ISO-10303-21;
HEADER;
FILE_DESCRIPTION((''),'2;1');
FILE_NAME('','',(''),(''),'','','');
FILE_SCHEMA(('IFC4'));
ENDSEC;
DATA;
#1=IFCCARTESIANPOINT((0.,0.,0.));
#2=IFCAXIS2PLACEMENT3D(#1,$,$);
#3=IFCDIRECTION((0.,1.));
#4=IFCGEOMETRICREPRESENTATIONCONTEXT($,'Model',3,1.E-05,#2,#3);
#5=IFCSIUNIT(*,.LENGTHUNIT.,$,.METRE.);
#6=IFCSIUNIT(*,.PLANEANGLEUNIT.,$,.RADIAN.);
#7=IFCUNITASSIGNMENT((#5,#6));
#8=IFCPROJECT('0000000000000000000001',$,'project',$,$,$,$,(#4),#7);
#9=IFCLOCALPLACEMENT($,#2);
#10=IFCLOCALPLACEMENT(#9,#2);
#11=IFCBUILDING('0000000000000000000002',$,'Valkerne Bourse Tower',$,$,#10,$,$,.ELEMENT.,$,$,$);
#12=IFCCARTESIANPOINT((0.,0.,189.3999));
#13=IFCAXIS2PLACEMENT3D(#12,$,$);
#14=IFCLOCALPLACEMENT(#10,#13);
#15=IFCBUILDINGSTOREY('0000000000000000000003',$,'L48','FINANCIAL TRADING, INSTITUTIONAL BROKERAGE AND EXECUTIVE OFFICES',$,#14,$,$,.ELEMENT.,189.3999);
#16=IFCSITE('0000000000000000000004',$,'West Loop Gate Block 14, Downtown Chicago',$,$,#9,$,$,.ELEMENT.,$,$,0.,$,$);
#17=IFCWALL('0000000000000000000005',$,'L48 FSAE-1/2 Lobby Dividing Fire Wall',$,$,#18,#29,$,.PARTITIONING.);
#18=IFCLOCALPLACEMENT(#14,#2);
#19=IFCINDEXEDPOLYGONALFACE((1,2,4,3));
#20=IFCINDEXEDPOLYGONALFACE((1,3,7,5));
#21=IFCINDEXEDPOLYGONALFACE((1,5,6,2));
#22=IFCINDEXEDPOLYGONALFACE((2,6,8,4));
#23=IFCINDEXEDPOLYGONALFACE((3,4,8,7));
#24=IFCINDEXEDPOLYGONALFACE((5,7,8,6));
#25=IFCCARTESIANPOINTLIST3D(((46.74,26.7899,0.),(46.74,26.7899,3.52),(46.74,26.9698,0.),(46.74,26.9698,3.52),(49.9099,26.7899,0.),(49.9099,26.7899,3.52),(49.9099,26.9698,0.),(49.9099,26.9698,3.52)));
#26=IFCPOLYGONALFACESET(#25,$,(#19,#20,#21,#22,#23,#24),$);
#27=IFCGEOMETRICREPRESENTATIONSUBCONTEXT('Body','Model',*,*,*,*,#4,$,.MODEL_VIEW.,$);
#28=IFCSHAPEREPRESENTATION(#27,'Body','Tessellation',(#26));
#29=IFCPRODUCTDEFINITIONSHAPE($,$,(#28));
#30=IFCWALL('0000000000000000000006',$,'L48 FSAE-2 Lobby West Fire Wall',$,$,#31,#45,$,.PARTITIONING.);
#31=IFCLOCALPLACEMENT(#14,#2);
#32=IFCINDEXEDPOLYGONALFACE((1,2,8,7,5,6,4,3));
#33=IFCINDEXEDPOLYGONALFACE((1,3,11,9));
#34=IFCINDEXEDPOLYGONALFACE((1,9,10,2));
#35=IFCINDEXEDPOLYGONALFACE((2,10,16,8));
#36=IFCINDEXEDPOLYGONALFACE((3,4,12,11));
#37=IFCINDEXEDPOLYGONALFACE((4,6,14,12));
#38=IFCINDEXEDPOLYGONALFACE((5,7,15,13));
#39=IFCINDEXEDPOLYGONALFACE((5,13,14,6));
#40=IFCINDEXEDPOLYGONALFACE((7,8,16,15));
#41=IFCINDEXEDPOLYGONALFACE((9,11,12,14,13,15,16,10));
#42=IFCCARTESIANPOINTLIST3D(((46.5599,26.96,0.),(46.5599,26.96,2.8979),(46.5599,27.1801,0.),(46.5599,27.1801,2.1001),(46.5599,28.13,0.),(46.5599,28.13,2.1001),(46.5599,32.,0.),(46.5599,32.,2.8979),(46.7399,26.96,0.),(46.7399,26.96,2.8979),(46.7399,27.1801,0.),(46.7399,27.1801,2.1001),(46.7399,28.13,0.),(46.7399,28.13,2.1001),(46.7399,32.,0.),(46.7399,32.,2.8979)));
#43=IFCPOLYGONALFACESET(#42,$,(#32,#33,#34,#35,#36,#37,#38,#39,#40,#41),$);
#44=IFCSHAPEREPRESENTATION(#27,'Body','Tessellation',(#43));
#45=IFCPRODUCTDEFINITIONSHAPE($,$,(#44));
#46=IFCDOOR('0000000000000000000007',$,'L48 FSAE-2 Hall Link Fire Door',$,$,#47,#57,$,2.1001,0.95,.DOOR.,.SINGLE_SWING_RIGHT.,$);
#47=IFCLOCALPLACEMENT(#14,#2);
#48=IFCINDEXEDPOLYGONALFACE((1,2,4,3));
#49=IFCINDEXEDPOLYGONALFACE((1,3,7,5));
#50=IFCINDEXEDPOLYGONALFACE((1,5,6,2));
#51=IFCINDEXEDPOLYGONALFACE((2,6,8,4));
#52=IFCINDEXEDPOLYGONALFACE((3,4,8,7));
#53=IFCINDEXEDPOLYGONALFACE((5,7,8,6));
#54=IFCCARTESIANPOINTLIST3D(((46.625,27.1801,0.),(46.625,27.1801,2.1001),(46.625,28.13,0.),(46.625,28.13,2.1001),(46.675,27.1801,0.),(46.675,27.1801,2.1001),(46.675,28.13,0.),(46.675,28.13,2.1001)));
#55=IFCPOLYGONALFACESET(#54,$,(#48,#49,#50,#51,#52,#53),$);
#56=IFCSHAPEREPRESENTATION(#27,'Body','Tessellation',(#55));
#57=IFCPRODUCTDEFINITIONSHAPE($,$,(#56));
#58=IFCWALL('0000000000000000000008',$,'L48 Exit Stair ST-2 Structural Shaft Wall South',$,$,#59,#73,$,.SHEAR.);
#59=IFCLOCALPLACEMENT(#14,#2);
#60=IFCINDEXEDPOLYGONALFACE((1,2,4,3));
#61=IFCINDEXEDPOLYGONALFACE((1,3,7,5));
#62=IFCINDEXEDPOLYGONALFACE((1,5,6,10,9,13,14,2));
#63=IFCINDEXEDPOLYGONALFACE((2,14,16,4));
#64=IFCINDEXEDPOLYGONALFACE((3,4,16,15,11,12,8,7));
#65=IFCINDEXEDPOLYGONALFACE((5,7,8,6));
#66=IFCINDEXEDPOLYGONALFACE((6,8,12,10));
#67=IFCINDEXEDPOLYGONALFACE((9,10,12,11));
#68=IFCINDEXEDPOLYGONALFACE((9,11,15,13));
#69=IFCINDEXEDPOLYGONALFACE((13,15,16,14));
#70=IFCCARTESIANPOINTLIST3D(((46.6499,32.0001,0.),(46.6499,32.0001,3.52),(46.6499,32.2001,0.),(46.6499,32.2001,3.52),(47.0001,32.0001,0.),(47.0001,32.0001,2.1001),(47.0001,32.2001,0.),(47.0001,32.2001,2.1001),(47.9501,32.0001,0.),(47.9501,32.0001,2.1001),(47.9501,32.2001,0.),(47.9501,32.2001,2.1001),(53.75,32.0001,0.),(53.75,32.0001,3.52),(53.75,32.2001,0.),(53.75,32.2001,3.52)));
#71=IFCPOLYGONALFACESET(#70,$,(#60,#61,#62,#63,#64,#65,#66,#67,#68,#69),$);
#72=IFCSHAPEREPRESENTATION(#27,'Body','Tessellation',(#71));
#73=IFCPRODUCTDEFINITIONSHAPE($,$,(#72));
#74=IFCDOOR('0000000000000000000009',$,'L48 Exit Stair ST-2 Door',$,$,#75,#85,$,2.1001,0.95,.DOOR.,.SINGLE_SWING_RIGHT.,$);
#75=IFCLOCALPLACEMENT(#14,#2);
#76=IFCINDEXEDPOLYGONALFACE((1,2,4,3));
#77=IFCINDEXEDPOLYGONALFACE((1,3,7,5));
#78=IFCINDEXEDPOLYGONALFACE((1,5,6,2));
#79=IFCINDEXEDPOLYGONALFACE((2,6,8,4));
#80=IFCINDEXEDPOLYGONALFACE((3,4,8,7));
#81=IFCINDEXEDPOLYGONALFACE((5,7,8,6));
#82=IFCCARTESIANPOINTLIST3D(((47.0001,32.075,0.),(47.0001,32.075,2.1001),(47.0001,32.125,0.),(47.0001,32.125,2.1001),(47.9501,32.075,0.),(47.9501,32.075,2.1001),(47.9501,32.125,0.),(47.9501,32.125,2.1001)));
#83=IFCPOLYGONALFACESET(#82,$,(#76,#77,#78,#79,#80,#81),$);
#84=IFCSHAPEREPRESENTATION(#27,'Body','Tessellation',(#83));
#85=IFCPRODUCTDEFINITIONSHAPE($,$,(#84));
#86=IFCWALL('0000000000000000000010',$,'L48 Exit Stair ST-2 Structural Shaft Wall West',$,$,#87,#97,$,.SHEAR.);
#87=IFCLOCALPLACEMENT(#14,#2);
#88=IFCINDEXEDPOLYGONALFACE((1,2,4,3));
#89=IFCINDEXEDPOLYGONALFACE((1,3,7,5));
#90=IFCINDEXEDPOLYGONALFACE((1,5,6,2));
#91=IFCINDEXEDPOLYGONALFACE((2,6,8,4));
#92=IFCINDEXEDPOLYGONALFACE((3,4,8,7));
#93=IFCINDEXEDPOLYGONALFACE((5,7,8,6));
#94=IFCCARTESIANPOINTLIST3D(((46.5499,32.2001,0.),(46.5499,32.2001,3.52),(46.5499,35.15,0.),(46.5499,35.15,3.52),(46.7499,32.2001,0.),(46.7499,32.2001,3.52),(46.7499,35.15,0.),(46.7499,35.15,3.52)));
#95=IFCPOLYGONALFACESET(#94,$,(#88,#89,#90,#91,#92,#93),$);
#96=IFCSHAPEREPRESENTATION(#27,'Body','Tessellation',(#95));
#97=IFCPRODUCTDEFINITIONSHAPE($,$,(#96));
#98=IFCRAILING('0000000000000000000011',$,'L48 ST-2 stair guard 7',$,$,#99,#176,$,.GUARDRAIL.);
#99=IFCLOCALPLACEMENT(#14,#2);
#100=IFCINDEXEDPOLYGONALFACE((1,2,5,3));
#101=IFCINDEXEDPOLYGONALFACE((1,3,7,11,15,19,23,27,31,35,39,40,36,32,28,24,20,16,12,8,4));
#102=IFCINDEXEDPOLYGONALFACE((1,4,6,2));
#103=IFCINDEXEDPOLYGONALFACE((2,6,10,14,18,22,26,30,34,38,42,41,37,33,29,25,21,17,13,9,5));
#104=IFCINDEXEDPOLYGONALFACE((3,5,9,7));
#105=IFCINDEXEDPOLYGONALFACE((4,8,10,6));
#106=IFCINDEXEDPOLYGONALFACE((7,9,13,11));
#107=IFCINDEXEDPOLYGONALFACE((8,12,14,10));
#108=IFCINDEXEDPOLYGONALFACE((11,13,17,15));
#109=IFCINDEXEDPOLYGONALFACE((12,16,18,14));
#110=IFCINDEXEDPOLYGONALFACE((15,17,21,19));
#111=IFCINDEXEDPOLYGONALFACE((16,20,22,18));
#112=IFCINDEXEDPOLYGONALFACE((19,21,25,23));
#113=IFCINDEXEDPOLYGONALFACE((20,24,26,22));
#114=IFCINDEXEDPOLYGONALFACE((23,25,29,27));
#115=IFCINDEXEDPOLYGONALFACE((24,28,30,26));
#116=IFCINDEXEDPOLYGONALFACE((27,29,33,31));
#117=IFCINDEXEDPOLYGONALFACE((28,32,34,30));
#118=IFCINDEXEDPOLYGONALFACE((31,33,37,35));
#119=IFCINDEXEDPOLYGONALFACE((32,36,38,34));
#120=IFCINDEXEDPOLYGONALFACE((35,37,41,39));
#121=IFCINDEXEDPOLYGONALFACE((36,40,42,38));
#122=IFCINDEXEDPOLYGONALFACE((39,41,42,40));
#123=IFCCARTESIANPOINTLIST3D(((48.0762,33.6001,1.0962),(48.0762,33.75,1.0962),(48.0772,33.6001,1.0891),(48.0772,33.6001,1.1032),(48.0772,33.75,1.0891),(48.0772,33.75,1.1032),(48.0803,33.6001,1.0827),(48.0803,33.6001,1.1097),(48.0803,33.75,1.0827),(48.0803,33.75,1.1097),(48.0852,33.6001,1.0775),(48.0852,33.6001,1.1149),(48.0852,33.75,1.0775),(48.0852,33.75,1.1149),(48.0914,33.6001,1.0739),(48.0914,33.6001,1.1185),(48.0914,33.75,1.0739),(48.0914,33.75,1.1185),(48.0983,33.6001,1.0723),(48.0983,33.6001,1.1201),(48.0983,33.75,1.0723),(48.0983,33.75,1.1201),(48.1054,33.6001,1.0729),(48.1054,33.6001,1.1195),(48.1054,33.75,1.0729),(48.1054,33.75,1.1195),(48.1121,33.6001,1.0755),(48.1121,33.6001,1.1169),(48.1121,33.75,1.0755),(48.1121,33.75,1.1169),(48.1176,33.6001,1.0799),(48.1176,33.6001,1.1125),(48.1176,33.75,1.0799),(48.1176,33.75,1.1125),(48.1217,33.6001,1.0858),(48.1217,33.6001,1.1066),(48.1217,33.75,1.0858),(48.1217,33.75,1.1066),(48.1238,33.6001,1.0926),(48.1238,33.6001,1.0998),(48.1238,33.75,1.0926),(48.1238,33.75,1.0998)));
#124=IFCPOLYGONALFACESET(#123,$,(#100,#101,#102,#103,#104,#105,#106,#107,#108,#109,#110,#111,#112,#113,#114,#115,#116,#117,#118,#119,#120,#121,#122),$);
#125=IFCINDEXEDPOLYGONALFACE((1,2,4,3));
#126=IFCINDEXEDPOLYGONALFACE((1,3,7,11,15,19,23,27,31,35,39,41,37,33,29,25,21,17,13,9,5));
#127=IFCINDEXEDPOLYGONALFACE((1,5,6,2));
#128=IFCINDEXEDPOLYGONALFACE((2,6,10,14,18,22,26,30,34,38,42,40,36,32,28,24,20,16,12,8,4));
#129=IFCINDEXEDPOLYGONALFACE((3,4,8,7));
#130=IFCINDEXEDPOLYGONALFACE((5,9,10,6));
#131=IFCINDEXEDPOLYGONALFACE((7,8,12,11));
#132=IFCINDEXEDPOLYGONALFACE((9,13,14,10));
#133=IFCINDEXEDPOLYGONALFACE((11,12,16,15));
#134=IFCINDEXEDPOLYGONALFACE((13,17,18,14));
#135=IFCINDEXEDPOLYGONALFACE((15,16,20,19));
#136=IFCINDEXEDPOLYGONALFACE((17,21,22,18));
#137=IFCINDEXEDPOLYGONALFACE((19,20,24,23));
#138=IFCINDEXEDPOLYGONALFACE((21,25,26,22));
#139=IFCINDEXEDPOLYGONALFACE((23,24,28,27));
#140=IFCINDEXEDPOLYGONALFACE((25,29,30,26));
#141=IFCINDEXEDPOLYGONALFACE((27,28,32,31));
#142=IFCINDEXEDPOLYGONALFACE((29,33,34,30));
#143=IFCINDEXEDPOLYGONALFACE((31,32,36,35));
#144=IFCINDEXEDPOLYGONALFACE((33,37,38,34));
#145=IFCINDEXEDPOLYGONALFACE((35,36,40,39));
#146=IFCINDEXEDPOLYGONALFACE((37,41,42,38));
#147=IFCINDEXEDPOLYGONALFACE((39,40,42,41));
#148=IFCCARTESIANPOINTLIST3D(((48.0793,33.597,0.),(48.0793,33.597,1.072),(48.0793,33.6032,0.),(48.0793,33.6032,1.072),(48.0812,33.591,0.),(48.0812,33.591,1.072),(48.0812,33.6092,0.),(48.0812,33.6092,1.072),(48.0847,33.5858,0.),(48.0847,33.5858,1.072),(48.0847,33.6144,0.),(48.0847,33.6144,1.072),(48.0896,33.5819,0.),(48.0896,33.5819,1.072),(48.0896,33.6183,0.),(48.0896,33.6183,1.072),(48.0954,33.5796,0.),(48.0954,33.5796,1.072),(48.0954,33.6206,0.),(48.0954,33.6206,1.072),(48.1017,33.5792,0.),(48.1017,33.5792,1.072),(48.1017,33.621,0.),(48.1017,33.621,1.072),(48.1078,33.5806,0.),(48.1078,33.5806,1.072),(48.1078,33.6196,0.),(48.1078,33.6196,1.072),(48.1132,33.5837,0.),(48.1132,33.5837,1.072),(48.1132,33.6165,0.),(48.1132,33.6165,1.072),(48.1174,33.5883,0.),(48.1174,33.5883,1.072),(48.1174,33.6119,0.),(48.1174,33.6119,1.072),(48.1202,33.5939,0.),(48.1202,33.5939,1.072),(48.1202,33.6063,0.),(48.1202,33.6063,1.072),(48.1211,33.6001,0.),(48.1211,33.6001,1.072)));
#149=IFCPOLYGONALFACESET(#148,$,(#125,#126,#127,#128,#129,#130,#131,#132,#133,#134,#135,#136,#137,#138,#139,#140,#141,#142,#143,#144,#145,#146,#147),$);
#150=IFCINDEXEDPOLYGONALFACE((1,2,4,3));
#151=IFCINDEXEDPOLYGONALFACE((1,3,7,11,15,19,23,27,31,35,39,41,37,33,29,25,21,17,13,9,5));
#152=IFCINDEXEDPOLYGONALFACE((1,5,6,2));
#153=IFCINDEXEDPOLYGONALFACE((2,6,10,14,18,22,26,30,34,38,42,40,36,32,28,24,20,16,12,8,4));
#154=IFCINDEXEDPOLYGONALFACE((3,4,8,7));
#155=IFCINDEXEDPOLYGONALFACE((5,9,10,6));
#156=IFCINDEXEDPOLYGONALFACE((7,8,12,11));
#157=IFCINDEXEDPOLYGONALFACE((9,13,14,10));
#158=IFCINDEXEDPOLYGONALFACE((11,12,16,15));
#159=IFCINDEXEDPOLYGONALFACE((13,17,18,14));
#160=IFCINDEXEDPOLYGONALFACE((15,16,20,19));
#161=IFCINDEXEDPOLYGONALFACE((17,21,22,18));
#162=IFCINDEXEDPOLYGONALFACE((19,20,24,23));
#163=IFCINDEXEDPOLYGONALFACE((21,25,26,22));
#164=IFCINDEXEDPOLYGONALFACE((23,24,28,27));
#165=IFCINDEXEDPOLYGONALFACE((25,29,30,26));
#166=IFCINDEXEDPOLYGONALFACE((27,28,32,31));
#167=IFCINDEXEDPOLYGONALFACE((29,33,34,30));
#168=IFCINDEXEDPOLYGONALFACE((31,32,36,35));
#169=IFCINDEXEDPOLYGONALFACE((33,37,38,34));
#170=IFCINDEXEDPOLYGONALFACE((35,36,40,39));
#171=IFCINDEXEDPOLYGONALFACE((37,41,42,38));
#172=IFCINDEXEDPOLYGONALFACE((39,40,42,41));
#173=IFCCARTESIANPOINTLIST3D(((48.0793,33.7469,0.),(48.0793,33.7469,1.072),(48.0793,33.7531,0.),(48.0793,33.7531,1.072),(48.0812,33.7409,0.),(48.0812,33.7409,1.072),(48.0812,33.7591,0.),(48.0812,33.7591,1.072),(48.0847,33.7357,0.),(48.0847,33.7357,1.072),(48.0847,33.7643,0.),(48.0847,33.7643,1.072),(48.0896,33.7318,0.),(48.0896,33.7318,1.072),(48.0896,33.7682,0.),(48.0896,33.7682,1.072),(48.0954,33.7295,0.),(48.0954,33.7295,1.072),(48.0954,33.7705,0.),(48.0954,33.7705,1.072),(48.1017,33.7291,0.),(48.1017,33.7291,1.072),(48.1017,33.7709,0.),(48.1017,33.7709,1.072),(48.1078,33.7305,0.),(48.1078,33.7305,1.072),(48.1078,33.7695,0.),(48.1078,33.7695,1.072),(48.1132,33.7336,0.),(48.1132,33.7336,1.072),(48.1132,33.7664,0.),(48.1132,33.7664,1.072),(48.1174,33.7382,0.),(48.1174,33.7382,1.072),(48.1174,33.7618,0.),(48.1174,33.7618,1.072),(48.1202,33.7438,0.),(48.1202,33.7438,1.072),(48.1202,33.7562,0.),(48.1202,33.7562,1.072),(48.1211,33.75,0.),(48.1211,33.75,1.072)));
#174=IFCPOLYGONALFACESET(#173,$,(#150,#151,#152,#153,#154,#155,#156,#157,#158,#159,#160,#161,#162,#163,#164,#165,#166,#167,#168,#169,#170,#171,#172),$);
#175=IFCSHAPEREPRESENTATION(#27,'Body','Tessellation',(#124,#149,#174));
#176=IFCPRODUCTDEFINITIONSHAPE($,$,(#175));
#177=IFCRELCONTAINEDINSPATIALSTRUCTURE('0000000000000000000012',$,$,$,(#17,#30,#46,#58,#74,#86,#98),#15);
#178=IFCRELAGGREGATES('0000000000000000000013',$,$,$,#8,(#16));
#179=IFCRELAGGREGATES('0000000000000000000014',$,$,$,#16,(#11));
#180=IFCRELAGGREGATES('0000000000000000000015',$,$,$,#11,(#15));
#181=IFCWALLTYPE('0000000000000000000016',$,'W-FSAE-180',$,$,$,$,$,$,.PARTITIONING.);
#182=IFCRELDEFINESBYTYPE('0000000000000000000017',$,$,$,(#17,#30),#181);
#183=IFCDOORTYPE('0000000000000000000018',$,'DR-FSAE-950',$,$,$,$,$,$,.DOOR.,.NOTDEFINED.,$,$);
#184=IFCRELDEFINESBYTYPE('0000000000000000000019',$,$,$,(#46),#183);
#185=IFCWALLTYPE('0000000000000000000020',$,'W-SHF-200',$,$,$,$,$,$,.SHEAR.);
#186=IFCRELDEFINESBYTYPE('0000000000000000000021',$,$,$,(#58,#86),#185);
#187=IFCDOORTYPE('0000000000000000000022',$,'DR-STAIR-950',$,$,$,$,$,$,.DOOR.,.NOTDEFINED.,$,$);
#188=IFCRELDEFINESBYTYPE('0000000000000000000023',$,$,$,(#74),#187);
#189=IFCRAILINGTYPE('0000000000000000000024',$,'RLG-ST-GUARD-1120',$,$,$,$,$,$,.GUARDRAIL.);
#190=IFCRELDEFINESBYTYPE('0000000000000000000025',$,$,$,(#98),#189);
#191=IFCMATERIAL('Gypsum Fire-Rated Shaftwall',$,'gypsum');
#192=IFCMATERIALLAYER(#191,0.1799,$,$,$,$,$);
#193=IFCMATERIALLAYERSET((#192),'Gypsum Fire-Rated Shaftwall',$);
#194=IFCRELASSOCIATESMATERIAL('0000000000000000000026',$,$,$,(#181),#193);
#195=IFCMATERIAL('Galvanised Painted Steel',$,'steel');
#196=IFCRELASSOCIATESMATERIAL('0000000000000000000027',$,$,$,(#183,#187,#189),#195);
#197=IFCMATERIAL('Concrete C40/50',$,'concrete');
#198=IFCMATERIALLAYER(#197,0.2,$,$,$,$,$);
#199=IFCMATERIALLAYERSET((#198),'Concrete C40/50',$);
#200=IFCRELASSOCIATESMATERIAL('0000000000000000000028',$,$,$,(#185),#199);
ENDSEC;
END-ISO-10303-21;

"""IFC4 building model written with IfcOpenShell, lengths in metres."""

from ifc_helpers import new_model, si_unit, direction, frame, frame_2d, origin, origin_2d, place, context, subcontext, project, spatial, rectangle, circle, extrude, material, layer, layer_set, type_object, element, fill, save


model = new_model("IFC4")

# Units and contexts
model_context = context("Model", 3, precision=1e-05, world=origin(), true_north=direction((0.0, 1.0)))
body_context = subcontext(model_context, "Body", "Model", "MODEL_VIEW")
ifc_project = project(units=[si_unit("LENGTHUNIT", "METRE"), si_unit("PLANEANGLEUNIT", "RADIAN")], contexts=[model_context])

# Site, building, storey
site_placement = place(None, origin())
site = spatial("IfcSite", under=ifc_project, at=site_placement, Name="West Loop Gate Block 14, Downtown Chicago", CompositionType="ELEMENT", RefElevation=0.0)
building_placement = place(site_placement, origin())
building = spatial("IfcBuilding", under=site, at=building_placement, Name="Valkerne Bourse Tower", CompositionType="ELEMENT")
storey_placement = place(building_placement, frame((0.0, 0.0, 189.3999)))
storey = spatial("IfcBuildingStorey", under=building, at=storey_placement, Name="L48", Description="FINANCIAL TRADING, INSTITUTIONAL BROKERAGE AND EXECUTIVE OFFICES", CompositionType="ELEMENT", Elevation=189.3999)

# Wall
ifc_material_1 = material(Name="Gypsum Fire-Rated Shaftwall", Category="gypsum")
ifc_layer_1 = layer(ifc_material_1, 0.1799)
ifc_layer_set_1 = layer_set([ifc_layer_1], Name="Gypsum Fire-Rated Shaftwall")
wall_type_1 = type_object("IfcWallType", Name="W-FSAE-180", PredefinedType="PARTITIONING", material=ifc_layer_set_1)
wall_1_placement = place(storey_placement, frame((46.74, 26.8799, 0.0), z_axis=(0.0, 0.0, 1.0), x_axis=(1.0, 0.0, 0.0)))
element("IfcWall", 1, at=wall_1_placement, inside=storey, type_object=wall_type_1, Name="L48 FSAE-1/2 Lobby Dividing Fire Wall", PredefinedType="PARTITIONING", context=body_context, shape_type="SweptSolid", body=[
    extrude(rectangle(XDim=3.1699, YDim=0.1799, at=frame_2d((1.585, 0.0))), origin(), (0.0, 0.0, 1.0), 3.52),
])

# Wall, opening, door
wall_2_placement = place(storey_placement, frame((46.6499, 26.96, 0.0), z_axis=(0.0, 0.0, 1.0), x_axis=(0.0, 1.0, 0.0)))
wall_2 = element("IfcWall", 2, at=wall_2_placement, inside=storey, type_object=wall_type_1, Name="L48 FSAE-2 Lobby West Fire Wall", PredefinedType="PARTITIONING", context=body_context, shape_type="SweptSolid", body=[
    extrude(rectangle(XDim=5.04, YDim=0.1799, at=frame_2d((2.52, 0.0))), origin(), (0.0, 0.0, 1.0), 2.8979),
])
opening_1_placement = place(wall_2_placement, frame((0.22, 0.0, 0.0)))
opening_1 = element("IfcOpeningElement", 3, at=opening_1_placement, cuts=wall_2, PredefinedType="OPENING", context=body_context, shape_type="SweptSolid", body=[
    extrude(rectangle(XDim=0.95, YDim=2.1001, at=frame_2d((0.4751, 1.05))), frame((0.0, 0.0999, 0.0), z_axis=(0.0, -1.0, 0.0), x_axis=(1.0, 0.0, 0.0)), (0.0, 0.0, 1.0), 0.2),
])
ifc_material_2 = material(Name="Galvanised Painted Steel", Category="steel")
door_type_1 = type_object("IfcDoorType", Name="DR-FSAE-950", OperationType="NOTDEFINED", PredefinedType="DOOR", material=ifc_material_2)
door_1_placement = place(opening_1_placement, origin())
door_1 = element("IfcDoor", 4, at=door_1_placement, inside=storey, type_object=door_type_1, Name="L48 FSAE-2 Hall Link Fire Door", OperationType="SINGLE_SWING_RIGHT", OverallHeight=2.1001, OverallWidth=0.95, PredefinedType="DOOR", context=body_context, shape_type="SweptSolid", body=[
    extrude(rectangle(XDim=0.95, YDim=2.1001, at=frame_2d((0.4751, 1.05))), frame((0.0, 0.0249, 0.0), z_axis=(0.0, -1.0, 0.0), x_axis=(1.0, 0.0, 0.0)), (0.0, 0.0, 1.0), 0.05),
])
fill(opening_1, door_1)

# Wall, opening, door
ifc_material_3 = material(Name="Concrete C40/50", Category="concrete")
ifc_layer_2 = layer(ifc_material_3, 0.2)
ifc_layer_set_2 = layer_set([ifc_layer_2], Name="Concrete C40/50")
wall_type_2 = type_object("IfcWallType", Name="W-SHF-200", PredefinedType="SHEAR", material=ifc_layer_set_2)
wall_3_placement = place(storey_placement, frame((46.6499, 32.1001, 0.0), z_axis=(0.0, 0.0, 1.0), x_axis=(1.0, 0.0, 0.0)))
wall_3 = element("IfcWall", 5, at=wall_3_placement, inside=storey, type_object=wall_type_2, Name="L48 Exit Stair ST-2 Structural Shaft Wall South", PredefinedType="SHEAR", context=body_context, shape_type="SweptSolid", body=[
    extrude(rectangle(XDim=7.1001, YDim=0.2, at=frame_2d((3.55, 0.0))), origin(), (0.0, 0.0, 1.0), 3.52),
])
opening_2_placement = place(wall_3_placement, frame((0.3501, 0.0, 0.0)))
opening_2 = element("IfcOpeningElement", 6, at=opening_2_placement, cuts=wall_3, PredefinedType="OPENING", context=body_context, shape_type="SweptSolid", body=[
    extrude(rectangle(XDim=0.95, YDim=2.1001, at=frame_2d((0.4751, 1.05))), frame((0.0, 0.1099, 0.0), z_axis=(0.0, -1.0, 0.0), x_axis=(1.0, 0.0, 0.0)), (0.0, 0.0, 1.0), 0.22),
])
door_type_2 = type_object("IfcDoorType", Name="DR-STAIR-950", OperationType="NOTDEFINED", PredefinedType="DOOR", material=ifc_material_2)
door_2_placement = place(opening_2_placement, origin())
door_2 = element("IfcDoor", 7, at=door_2_placement, inside=storey, type_object=door_type_2, Name="L48 Exit Stair ST-2 Door", OperationType="SINGLE_SWING_RIGHT", OverallHeight=2.1001, OverallWidth=0.95, PredefinedType="DOOR", context=body_context, shape_type="SweptSolid", body=[
    extrude(rectangle(XDim=0.95, YDim=2.1001, at=frame_2d((0.4751, 1.05))), frame((0.0, 0.0249, 0.0), z_axis=(0.0, -1.0, 0.0), x_axis=(1.0, 0.0, 0.0)), (0.0, 0.0, 1.0), 0.05),
])
fill(opening_2, door_2)

# Wall
wall_4_placement = place(storey_placement, frame((46.6499, 32.2, 0.0), z_axis=(0.0, 0.0, 1.0), x_axis=(0.0, 1.0, 0.0)))
element("IfcWall", 8, at=wall_4_placement, inside=storey, type_object=wall_type_2, Name="L48 Exit Stair ST-2 Structural Shaft Wall West", PredefinedType="SHEAR", context=body_context, shape_type="SweptSolid", body=[
    extrude(rectangle(XDim=2.95, YDim=0.2, at=frame_2d((1.4751, 0.0))), origin(), (0.0, 0.0, 1.0), 3.52),
])

# Railing
railing_type_1 = type_object("IfcRailingType", Name="RLG-ST-GUARD-1120", PredefinedType="GUARDRAIL", material=ifc_material_2)
railing_1_placement = place(storey_placement, frame((48.1001, 33.6001, 0.0)))
element("IfcRailing", 9, at=railing_1_placement, inside=storey, type_object=railing_type_1, Name="L48 ST-2 stair guard 7", PredefinedType="GUARDRAIL", context=body_context, shape_type="SweptSolid", body=[
    extrude(circle(Radius=0.0239, at=origin_2d()), frame((0.0, 0.0, 1.0962), z_axis=(0.0, 1.0, 0.0), x_axis=(-1.0, 0.0, 0.0)), (0.0, 0.0, 1.0), 0.1499),
    extrude(circle(Radius=0.021, at=origin_2d()), origin(), (0.0, 0.0, 1.0), 1.072),
    extrude(circle(Radius=0.021, at=origin_2d()), frame((0.0, 0.1499, 0.0)), (0.0, 0.0, 1.0), 1.072),
])

save(model, "model.ifc")
